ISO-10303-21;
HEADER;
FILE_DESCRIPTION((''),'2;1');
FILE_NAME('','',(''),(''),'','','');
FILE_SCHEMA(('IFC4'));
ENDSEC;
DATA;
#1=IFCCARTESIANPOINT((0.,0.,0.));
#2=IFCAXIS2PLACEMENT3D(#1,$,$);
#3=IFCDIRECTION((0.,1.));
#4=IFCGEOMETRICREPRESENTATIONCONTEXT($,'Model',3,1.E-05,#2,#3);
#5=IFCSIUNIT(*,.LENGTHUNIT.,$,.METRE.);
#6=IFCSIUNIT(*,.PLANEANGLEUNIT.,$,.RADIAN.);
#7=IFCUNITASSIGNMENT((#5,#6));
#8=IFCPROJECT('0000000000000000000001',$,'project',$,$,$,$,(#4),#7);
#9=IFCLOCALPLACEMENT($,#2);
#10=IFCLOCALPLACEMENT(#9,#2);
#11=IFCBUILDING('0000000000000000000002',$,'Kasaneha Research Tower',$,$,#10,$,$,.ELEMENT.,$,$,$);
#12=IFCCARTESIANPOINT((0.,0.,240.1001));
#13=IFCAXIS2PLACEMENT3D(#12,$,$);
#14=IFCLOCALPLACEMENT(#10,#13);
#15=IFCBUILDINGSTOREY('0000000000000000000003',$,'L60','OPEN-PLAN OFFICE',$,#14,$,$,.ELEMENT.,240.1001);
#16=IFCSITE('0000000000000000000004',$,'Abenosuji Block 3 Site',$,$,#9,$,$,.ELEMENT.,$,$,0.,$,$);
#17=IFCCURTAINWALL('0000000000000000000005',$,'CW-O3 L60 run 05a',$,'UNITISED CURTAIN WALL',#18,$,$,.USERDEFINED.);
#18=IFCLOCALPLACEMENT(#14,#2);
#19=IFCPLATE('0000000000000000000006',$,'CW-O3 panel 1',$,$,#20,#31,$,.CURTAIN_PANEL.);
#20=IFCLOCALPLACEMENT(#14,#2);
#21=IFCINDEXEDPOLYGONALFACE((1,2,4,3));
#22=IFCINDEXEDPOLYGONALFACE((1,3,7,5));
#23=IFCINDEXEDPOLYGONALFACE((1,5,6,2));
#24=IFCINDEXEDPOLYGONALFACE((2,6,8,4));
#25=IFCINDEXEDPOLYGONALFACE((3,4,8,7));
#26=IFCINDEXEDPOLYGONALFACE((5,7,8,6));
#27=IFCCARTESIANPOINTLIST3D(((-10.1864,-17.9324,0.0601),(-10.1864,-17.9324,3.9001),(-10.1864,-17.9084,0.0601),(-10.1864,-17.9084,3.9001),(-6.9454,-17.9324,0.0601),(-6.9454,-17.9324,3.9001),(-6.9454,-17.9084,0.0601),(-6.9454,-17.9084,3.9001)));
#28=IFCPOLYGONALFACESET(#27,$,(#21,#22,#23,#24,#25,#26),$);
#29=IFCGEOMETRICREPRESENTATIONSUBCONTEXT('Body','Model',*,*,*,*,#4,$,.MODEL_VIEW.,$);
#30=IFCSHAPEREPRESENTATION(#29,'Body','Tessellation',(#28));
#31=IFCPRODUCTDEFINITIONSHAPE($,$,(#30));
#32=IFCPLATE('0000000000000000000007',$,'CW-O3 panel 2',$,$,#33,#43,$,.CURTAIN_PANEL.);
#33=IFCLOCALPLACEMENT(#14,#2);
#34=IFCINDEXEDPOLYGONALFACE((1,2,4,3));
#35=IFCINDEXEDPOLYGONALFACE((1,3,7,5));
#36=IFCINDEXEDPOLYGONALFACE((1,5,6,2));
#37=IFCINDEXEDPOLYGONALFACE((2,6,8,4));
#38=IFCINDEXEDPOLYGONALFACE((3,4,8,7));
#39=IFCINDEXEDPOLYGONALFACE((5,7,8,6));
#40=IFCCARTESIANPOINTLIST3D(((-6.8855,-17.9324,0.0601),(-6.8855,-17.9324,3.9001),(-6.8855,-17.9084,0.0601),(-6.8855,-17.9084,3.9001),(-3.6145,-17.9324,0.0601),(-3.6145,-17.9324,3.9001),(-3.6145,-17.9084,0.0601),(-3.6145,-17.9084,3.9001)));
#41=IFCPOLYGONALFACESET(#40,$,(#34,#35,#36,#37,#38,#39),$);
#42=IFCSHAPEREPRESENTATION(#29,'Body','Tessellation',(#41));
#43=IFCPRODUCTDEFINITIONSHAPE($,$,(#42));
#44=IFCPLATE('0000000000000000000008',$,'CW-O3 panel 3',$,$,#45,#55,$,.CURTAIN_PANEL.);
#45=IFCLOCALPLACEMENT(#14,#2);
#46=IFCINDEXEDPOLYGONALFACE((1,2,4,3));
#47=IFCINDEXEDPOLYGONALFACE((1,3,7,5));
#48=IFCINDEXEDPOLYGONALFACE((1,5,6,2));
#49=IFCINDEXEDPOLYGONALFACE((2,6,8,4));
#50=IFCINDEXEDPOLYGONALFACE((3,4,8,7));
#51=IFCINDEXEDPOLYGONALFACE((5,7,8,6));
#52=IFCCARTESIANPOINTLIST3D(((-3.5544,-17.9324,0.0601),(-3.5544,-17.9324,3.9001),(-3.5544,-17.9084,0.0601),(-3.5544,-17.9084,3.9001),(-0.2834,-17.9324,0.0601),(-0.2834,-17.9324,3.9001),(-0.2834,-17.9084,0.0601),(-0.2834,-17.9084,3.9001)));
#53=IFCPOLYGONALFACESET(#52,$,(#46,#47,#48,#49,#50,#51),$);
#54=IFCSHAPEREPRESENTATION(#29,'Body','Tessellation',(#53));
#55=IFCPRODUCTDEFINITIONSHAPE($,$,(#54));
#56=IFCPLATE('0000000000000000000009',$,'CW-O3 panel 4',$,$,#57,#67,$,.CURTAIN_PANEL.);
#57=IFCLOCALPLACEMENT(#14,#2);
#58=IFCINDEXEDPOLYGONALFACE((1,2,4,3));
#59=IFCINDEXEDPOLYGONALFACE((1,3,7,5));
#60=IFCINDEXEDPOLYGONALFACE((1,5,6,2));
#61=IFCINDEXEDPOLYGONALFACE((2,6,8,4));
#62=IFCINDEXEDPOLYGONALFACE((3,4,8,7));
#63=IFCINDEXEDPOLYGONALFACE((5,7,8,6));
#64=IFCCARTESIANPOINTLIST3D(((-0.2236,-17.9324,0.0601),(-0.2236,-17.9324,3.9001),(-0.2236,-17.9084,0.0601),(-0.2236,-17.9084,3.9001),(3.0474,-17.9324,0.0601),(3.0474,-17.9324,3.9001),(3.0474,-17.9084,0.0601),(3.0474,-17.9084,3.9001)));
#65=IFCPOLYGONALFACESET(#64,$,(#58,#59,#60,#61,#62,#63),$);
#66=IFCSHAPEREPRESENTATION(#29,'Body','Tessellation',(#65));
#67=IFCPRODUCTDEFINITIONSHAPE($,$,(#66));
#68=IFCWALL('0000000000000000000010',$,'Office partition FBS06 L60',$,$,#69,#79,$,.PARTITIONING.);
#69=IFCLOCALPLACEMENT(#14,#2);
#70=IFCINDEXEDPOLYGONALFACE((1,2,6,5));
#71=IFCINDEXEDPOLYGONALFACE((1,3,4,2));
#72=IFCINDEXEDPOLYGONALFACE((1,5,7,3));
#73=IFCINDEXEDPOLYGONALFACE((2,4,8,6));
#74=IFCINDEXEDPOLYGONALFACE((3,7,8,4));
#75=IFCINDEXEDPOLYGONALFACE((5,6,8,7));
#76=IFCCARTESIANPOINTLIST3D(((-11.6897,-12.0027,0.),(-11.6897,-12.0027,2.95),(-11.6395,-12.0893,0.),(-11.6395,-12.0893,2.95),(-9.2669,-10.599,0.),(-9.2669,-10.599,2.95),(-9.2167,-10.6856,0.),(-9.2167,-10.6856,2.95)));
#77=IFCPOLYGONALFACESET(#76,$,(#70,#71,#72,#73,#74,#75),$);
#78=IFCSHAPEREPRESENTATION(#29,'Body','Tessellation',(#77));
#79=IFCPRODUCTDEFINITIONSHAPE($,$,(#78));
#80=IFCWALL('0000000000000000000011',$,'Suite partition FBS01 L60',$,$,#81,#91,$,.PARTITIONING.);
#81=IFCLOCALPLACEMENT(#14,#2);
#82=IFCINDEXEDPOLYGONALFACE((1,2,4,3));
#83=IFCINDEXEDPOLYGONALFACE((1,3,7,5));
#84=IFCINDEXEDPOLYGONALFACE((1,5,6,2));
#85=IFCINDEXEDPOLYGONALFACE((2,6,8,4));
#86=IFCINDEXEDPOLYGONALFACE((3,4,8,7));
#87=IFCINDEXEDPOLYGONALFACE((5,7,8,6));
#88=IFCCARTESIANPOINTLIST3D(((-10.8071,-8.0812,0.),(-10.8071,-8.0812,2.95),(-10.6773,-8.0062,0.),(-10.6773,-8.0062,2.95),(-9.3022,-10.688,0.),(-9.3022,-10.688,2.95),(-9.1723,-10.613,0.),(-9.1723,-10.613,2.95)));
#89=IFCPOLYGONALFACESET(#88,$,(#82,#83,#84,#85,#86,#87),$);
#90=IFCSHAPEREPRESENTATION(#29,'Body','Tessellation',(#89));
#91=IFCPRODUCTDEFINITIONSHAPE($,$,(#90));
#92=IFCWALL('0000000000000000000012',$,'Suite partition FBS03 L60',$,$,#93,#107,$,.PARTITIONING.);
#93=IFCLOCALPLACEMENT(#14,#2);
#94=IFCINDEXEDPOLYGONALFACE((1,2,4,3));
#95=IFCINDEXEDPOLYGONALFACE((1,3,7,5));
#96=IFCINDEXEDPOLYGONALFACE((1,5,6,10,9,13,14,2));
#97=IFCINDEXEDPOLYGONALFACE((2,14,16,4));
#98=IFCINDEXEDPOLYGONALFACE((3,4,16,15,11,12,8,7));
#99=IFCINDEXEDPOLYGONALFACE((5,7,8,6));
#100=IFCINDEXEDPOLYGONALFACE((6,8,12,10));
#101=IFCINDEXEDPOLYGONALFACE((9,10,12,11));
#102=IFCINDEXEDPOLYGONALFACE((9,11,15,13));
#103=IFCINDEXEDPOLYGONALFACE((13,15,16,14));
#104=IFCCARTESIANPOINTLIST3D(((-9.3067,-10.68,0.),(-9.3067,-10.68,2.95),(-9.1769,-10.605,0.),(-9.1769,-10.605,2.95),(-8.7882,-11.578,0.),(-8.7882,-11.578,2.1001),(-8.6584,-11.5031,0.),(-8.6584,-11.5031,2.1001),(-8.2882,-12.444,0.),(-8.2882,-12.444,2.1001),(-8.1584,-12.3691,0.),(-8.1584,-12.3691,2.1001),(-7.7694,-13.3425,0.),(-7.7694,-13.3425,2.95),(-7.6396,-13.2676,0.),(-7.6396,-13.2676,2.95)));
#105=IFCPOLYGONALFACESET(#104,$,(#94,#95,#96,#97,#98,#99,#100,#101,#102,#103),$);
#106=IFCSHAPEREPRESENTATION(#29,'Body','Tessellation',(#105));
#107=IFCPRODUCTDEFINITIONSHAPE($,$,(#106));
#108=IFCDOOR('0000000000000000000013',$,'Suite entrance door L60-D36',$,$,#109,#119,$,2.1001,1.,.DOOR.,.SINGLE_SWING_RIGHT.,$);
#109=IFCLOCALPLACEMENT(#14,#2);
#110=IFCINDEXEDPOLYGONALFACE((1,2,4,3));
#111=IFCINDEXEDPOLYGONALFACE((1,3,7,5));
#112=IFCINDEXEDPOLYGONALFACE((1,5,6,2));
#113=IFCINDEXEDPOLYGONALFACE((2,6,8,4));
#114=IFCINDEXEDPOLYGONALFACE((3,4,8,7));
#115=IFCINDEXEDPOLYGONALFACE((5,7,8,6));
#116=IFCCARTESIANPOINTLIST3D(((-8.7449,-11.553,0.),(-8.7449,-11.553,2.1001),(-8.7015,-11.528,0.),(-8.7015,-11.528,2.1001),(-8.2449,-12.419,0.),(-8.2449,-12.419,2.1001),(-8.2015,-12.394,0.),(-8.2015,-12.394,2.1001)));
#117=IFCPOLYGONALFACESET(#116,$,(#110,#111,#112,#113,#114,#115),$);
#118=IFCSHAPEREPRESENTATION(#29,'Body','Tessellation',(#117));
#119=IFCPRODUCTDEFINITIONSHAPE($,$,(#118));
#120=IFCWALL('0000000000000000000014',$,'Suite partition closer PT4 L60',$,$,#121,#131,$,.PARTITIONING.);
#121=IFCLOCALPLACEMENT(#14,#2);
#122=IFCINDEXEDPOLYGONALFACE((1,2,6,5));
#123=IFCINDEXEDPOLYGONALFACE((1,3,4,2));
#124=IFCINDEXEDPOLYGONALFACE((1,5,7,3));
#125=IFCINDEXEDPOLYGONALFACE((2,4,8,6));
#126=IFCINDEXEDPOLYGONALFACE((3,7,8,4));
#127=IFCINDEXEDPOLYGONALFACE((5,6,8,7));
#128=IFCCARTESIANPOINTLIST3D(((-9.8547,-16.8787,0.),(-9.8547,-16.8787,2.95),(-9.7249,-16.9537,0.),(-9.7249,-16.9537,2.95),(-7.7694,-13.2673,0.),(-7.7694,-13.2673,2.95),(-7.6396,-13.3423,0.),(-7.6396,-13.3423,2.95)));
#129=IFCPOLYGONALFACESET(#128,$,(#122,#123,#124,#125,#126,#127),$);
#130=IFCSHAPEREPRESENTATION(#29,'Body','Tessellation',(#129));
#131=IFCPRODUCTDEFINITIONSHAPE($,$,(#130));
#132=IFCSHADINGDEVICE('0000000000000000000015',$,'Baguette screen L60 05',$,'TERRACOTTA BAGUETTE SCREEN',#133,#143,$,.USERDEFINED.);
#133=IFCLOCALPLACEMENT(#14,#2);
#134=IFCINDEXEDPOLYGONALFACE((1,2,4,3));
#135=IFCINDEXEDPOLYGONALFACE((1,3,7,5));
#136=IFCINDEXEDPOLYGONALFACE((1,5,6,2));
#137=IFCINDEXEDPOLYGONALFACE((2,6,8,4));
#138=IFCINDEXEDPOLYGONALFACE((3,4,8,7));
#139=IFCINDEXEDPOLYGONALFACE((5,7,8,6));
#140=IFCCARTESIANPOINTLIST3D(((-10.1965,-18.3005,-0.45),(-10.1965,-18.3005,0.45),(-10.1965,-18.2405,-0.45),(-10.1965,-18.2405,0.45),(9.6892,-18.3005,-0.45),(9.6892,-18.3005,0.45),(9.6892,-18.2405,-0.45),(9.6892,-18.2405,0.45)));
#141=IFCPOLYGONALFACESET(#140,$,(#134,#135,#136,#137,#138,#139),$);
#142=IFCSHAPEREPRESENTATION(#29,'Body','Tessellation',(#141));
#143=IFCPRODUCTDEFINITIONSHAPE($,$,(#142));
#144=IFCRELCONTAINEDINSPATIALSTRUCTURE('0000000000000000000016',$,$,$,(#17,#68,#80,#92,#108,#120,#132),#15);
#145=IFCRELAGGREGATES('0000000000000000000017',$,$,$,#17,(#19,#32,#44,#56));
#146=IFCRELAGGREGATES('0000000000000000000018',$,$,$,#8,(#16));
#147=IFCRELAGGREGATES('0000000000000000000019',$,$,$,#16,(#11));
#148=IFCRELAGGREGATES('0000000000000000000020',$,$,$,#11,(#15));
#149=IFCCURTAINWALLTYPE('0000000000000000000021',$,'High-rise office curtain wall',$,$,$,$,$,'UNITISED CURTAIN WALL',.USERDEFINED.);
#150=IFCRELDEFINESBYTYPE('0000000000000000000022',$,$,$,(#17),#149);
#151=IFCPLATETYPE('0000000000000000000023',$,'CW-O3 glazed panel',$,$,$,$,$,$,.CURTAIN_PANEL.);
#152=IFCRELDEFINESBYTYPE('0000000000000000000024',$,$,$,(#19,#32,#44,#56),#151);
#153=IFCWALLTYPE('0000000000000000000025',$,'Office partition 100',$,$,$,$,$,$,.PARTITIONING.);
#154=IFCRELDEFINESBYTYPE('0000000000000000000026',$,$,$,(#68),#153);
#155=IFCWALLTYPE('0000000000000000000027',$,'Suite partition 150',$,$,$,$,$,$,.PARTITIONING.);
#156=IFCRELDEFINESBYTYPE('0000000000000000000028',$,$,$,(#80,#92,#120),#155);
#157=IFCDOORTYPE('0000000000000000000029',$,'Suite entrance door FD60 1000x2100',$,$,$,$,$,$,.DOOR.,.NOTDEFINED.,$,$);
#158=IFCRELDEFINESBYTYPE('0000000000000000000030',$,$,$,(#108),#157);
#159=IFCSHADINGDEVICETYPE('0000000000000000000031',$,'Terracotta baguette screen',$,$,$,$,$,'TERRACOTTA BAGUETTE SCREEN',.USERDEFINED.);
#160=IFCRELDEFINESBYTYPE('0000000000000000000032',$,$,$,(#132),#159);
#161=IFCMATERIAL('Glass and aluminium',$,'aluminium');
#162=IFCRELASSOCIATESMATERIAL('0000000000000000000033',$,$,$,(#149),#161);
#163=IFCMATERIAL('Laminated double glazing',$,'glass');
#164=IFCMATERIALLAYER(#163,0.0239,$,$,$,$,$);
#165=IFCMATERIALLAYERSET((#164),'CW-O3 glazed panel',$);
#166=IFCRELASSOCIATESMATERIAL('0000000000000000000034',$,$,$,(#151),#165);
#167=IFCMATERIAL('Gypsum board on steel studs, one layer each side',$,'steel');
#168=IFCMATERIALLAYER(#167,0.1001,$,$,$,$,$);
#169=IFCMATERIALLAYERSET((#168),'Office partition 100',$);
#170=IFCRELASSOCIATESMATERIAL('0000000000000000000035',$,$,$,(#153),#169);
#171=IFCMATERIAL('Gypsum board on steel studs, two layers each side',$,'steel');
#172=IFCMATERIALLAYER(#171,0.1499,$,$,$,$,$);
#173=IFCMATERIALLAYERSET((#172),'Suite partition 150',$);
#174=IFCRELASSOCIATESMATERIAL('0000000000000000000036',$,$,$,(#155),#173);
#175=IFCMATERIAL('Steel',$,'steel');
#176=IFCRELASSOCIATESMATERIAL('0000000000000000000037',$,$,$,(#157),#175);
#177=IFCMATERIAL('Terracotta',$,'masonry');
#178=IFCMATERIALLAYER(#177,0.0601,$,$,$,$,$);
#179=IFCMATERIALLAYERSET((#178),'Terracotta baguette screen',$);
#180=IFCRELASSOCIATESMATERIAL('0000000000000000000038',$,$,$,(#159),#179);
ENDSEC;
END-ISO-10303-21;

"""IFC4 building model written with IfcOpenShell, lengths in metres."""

from ifc_helpers import new_model, si_unit, direction, frame, frame_2d, origin, origin_2d, place, context, subcontext, project, spatial, rectangle, extrude, material, layer, layer_set, type_object, element, fill, aggregate, save


model = new_model("IFC4")

# Units and contexts
model_context = context("Model", 3, precision=1e-05, world=origin(), true_north=direction((0.0, 1.0)))
body_context = subcontext(model_context, "Body", "Model", "MODEL_VIEW")
ifc_project = project(units=[si_unit("LENGTHUNIT", "METRE"), si_unit("PLANEANGLEUNIT", "RADIAN")], contexts=[model_context])

# Site, building, storey
site_placement = place(None, origin())
site = spatial("IfcSite", under=ifc_project, at=site_placement, Name="Abenosuji Block 3 Site", CompositionType="ELEMENT", RefElevation=0.0)
building_placement = place(site_placement, origin())
building = spatial("IfcBuilding", under=site, at=building_placement, Name="Kasaneha Research Tower", CompositionType="ELEMENT")
storey_placement = place(building_placement, frame((0.0, 0.0, 240.1001)))
storey = spatial("IfcBuildingStorey", under=building, at=storey_placement, Name="L60", Description="OPEN-PLAN OFFICE", CompositionType="ELEMENT", Elevation=240.1001)

# Curtain wall
ifc_material_1 = material(Name="Glass and aluminium", Category="aluminium")
curtain_wall_type = type_object("IfcCurtainWallType", Name="High-rise office curtain wall", ElementType="UNITISED CURTAIN WALL", PredefinedType="USERDEFINED", material=ifc_material_1)
curtain_wall_placement = place(storey_placement, origin())
curtain_wall = element("IfcCurtainWall", 1, at=curtain_wall_placement, inside=storey, type_object=curtain_wall_type, Name="CW-O3 L60 run 05a", ObjectType="UNITISED CURTAIN WALL", PredefinedType="USERDEFINED")

# Plates
ifc_material_2 = material(Name="Laminated double glazing", Category="glass")
ifc_layer_1 = layer(ifc_material_2, 0.0239)
ifc_layer_set_1 = layer_set([ifc_layer_1], Name="CW-O3 glazed panel")
plate_type = type_object("IfcPlateType", Name="CW-O3 glazed panel", PredefinedType="CURTAIN_PANEL", material=ifc_layer_set_1)
plate_1_placement = place(storey_placement, frame((-8.5659, -17.9204, 0.0601), z_axis=(0.0, 0.0, 1.0), x_axis=(1.0, 0.0, 0.0)))
plate_1 = element("IfcPlate", 2, at=plate_1_placement, type_object=plate_type, Name="CW-O3 panel 1", PredefinedType="CURTAIN_PANEL", context=body_context, shape_type="SweptSolid", body=[
    extrude(rectangle(XDim=3.241, YDim=0.0239, at=origin_2d()), origin(), (0.0, 0.0, 1.0), 3.8401),
])
plate_2_placement = place(storey_placement, frame((-5.25, -17.9204, 0.0601), z_axis=(0.0, 0.0, 1.0), x_axis=(1.0, 0.0, 0.0)))
plate_2 = element("IfcPlate", 3, at=plate_2_placement, type_object=plate_type, Name="CW-O3 panel 2", PredefinedType="CURTAIN_PANEL", context=body_context, shape_type="SweptSolid", body=[
    extrude(rectangle(XDim=3.271, YDim=0.0239, at=origin_2d()), origin(), (0.0, 0.0, 1.0), 3.8401),
])
plate_3_placement = place(storey_placement, frame((-1.9189, -17.9204, 0.0601), z_axis=(0.0, 0.0, 1.0), x_axis=(1.0, 0.0, 0.0)))
plate_3 = element("IfcPlate", 4, at=plate_3_placement, type_object=plate_type, Name="CW-O3 panel 3", PredefinedType="CURTAIN_PANEL", context=body_context, shape_type="SweptSolid", body=[
    extrude(rectangle(XDim=3.271, YDim=0.0239, at=origin_2d()), origin(), (0.0, 0.0, 1.0), 3.8401),
])
plate_4_placement = place(storey_placement, frame((1.4119, -17.9204, 0.0601), z_axis=(0.0, 0.0, 1.0), x_axis=(1.0, 0.0, 0.0)))
plate_4 = element("IfcPlate", 5, at=plate_4_placement, type_object=plate_type, Name="CW-O3 panel 4", PredefinedType="CURTAIN_PANEL", context=body_context, shape_type="SweptSolid", body=[
    extrude(rectangle(XDim=3.271, YDim=0.0239, at=origin_2d()), origin(), (0.0, 0.0, 1.0), 3.8401),
])
aggregate(curtain_wall, [plate_1, plate_2, plate_3, plate_4])

# Walls
ifc_material_3 = material(Name="Gypsum board on steel studs, one layer each side", Category="steel")
ifc_layer_2 = layer(ifc_material_3, 0.1001)
ifc_layer_set_2 = layer_set([ifc_layer_2], Name="Office partition 100")
wall_type_1 = type_object("IfcWallType", Name="Office partition 100", PredefinedType="PARTITIONING", material=ifc_layer_set_2)
wall_1_placement = place(storey_placement, frame((-9.2419, -10.6423, 0.0), z_axis=(0.0, 0.0, 1.0), x_axis=(-0.865255, -0.501332, 0.0)))
element("IfcWall", 6, at=wall_1_placement, inside=storey, type_object=wall_type_1, Name="Office partition FBS06 L60", PredefinedType="PARTITIONING", context=body_context, shape_type="SweptSolid", body=[
    extrude(rectangle(XDim=2.8, YDim=0.1001, at=frame_2d((1.3999, 0.0))), origin(), (0.0, 0.0, 1.0), 2.95),
])
ifc_material_4 = material(Name="Gypsum board on steel studs, two layers each side", Category="steel")
ifc_layer_3 = layer(ifc_material_4, 0.1499)
ifc_layer_set_3 = layer_set([ifc_layer_3], Name="Suite partition 150")
wall_type_2 = type_object("IfcWallType", Name="Suite partition 150", PredefinedType="PARTITIONING", material=ifc_layer_set_3)
wall_2_placement = place(storey_placement, frame((-9.2373, -10.6504, 0.0), z_axis=(0.0, 0.0, 1.0), x_axis=(-0.499978, 0.866038, 0.0)))
element("IfcWall", 7, at=wall_2_placement, inside=storey, type_object=wall_type_2, Name="Suite partition FBS01 L60", PredefinedType="PARTITIONING", context=body_context, shape_type="SweptSolid", body=[
    extrude(rectangle(XDim=3.01, YDim=0.1499, at=frame_2d((1.5049, 0.0))), origin(), (0.0, 0.0, 1.0), 2.95),
])

# Wall, opening, door
wall_3_placement = place(storey_placement, frame((-7.7046, -13.3049, 0.0), z_axis=(0.0, 0.0, 1.0), x_axis=(-0.500025, 0.866011, 0.0)))
wall_3 = element("IfcWall", 8, at=wall_3_placement, inside=storey, type_object=wall_type_2, Name="Suite partition FBS03 L60", PredefinedType="PARTITIONING", context=body_context, shape_type="SweptSolid", body=[
    extrude(rectangle(XDim=3.0745, YDim=0.1499, at=frame_2d((1.5371, 0.0))), origin(), (0.0, 0.0, 1.0), 2.95),
])
opening_1_placement = place(wall_3_placement, frame((1.0374, 0.0, 0.0)))
opening_1 = element("IfcOpeningElement", 9, at=opening_1_placement, cuts=wall_3, PredefinedType="OPENING", context=body_context, shape_type="SweptSolid", body=[
    extrude(rectangle(XDim=1.0, YDim=2.1001, at=frame_2d((0.5, 1.05))), frame((0.0, 0.085, 0.0), z_axis=(0.0, -1.0, 0.0), x_axis=(1.0, 0.0, 0.0)), (0.0, 0.0, 1.0), 0.1699),
])
ifc_material_5 = material(Name="Steel", Category="steel")
door_type_1 = type_object("IfcDoorType", Name="Suite entrance door FD60 1000x2100", OperationType="NOTDEFINED", PredefinedType="DOOR", material=ifc_material_5)
door_1_placement = place(opening_1_placement, origin())
door_1 = element("IfcDoor", 10, at=door_1_placement, inside=storey, type_object=door_type_1, Name="Suite entrance door L60-D36", OperationType="SINGLE_SWING_RIGHT", OverallHeight=2.1001, OverallWidth=1.0, PredefinedType="DOOR", context=body_context, shape_type="SweptSolid", body=[
    extrude(rectangle(XDim=1.0, YDim=2.1001, at=frame_2d((0.5, 1.05))), frame((0.0, 0.0249, 0.0), z_axis=(0.0, -1.0, 0.0), x_axis=(1.0, 0.0, 0.0)), (0.0, 0.0, 1.0), 0.05),
])
fill(opening_1, door_1)

# Wall
wall_4_placement = place(storey_placement, frame((-7.7046, -13.3049, 0.0), z_axis=(0.0, 0.0, 1.0), x_axis=(-0.500037, -0.866004, 0.0)))
element("IfcWall", 11, at=wall_4_placement, inside=storey, type_object=wall_type_2, Name="Suite partition closer PT4 L60", PredefinedType="PARTITIONING", context=body_context, shape_type="SweptSolid", body=[
    extrude(rectangle(XDim=4.1702, YDim=0.1499, at=frame_2d((2.085, 0.0))), origin(), (0.0, 0.0, 1.0), 2.95),
])

# Shading device
ifc_material_6 = material(Name="Terracotta", Category="masonry")
ifc_layer_4 = layer(ifc_material_6, 0.0601)
ifc_layer_set_4 = layer_set([ifc_layer_4], Name="Terracotta baguette screen")
shading_device_type = type_object("IfcShadingDeviceType", Name="Terracotta baguette screen", ElementType="TERRACOTTA BAGUETTE SCREEN", PredefinedType="USERDEFINED", material=ifc_layer_set_4)
shading_device_placement = place(storey_placement, frame((-0.2537, -18.2705, -0.45), z_axis=(0.0, 0.0, 1.0), x_axis=(1.0, 0.0, 0.0)))
element("IfcShadingDevice", 12, at=shading_device_placement, inside=storey, type_object=shading_device_type, Name="Baguette screen L60 05", ObjectType="TERRACOTTA BAGUETTE SCREEN", PredefinedType="USERDEFINED", context=body_context, shape_type="SweptSolid", body=[
    extrude(rectangle(XDim=19.8857, YDim=0.0601, at=origin_2d()), origin(), (0.0, 0.0, 1.0), 0.8999),
])

save(model, "model.ifc")
